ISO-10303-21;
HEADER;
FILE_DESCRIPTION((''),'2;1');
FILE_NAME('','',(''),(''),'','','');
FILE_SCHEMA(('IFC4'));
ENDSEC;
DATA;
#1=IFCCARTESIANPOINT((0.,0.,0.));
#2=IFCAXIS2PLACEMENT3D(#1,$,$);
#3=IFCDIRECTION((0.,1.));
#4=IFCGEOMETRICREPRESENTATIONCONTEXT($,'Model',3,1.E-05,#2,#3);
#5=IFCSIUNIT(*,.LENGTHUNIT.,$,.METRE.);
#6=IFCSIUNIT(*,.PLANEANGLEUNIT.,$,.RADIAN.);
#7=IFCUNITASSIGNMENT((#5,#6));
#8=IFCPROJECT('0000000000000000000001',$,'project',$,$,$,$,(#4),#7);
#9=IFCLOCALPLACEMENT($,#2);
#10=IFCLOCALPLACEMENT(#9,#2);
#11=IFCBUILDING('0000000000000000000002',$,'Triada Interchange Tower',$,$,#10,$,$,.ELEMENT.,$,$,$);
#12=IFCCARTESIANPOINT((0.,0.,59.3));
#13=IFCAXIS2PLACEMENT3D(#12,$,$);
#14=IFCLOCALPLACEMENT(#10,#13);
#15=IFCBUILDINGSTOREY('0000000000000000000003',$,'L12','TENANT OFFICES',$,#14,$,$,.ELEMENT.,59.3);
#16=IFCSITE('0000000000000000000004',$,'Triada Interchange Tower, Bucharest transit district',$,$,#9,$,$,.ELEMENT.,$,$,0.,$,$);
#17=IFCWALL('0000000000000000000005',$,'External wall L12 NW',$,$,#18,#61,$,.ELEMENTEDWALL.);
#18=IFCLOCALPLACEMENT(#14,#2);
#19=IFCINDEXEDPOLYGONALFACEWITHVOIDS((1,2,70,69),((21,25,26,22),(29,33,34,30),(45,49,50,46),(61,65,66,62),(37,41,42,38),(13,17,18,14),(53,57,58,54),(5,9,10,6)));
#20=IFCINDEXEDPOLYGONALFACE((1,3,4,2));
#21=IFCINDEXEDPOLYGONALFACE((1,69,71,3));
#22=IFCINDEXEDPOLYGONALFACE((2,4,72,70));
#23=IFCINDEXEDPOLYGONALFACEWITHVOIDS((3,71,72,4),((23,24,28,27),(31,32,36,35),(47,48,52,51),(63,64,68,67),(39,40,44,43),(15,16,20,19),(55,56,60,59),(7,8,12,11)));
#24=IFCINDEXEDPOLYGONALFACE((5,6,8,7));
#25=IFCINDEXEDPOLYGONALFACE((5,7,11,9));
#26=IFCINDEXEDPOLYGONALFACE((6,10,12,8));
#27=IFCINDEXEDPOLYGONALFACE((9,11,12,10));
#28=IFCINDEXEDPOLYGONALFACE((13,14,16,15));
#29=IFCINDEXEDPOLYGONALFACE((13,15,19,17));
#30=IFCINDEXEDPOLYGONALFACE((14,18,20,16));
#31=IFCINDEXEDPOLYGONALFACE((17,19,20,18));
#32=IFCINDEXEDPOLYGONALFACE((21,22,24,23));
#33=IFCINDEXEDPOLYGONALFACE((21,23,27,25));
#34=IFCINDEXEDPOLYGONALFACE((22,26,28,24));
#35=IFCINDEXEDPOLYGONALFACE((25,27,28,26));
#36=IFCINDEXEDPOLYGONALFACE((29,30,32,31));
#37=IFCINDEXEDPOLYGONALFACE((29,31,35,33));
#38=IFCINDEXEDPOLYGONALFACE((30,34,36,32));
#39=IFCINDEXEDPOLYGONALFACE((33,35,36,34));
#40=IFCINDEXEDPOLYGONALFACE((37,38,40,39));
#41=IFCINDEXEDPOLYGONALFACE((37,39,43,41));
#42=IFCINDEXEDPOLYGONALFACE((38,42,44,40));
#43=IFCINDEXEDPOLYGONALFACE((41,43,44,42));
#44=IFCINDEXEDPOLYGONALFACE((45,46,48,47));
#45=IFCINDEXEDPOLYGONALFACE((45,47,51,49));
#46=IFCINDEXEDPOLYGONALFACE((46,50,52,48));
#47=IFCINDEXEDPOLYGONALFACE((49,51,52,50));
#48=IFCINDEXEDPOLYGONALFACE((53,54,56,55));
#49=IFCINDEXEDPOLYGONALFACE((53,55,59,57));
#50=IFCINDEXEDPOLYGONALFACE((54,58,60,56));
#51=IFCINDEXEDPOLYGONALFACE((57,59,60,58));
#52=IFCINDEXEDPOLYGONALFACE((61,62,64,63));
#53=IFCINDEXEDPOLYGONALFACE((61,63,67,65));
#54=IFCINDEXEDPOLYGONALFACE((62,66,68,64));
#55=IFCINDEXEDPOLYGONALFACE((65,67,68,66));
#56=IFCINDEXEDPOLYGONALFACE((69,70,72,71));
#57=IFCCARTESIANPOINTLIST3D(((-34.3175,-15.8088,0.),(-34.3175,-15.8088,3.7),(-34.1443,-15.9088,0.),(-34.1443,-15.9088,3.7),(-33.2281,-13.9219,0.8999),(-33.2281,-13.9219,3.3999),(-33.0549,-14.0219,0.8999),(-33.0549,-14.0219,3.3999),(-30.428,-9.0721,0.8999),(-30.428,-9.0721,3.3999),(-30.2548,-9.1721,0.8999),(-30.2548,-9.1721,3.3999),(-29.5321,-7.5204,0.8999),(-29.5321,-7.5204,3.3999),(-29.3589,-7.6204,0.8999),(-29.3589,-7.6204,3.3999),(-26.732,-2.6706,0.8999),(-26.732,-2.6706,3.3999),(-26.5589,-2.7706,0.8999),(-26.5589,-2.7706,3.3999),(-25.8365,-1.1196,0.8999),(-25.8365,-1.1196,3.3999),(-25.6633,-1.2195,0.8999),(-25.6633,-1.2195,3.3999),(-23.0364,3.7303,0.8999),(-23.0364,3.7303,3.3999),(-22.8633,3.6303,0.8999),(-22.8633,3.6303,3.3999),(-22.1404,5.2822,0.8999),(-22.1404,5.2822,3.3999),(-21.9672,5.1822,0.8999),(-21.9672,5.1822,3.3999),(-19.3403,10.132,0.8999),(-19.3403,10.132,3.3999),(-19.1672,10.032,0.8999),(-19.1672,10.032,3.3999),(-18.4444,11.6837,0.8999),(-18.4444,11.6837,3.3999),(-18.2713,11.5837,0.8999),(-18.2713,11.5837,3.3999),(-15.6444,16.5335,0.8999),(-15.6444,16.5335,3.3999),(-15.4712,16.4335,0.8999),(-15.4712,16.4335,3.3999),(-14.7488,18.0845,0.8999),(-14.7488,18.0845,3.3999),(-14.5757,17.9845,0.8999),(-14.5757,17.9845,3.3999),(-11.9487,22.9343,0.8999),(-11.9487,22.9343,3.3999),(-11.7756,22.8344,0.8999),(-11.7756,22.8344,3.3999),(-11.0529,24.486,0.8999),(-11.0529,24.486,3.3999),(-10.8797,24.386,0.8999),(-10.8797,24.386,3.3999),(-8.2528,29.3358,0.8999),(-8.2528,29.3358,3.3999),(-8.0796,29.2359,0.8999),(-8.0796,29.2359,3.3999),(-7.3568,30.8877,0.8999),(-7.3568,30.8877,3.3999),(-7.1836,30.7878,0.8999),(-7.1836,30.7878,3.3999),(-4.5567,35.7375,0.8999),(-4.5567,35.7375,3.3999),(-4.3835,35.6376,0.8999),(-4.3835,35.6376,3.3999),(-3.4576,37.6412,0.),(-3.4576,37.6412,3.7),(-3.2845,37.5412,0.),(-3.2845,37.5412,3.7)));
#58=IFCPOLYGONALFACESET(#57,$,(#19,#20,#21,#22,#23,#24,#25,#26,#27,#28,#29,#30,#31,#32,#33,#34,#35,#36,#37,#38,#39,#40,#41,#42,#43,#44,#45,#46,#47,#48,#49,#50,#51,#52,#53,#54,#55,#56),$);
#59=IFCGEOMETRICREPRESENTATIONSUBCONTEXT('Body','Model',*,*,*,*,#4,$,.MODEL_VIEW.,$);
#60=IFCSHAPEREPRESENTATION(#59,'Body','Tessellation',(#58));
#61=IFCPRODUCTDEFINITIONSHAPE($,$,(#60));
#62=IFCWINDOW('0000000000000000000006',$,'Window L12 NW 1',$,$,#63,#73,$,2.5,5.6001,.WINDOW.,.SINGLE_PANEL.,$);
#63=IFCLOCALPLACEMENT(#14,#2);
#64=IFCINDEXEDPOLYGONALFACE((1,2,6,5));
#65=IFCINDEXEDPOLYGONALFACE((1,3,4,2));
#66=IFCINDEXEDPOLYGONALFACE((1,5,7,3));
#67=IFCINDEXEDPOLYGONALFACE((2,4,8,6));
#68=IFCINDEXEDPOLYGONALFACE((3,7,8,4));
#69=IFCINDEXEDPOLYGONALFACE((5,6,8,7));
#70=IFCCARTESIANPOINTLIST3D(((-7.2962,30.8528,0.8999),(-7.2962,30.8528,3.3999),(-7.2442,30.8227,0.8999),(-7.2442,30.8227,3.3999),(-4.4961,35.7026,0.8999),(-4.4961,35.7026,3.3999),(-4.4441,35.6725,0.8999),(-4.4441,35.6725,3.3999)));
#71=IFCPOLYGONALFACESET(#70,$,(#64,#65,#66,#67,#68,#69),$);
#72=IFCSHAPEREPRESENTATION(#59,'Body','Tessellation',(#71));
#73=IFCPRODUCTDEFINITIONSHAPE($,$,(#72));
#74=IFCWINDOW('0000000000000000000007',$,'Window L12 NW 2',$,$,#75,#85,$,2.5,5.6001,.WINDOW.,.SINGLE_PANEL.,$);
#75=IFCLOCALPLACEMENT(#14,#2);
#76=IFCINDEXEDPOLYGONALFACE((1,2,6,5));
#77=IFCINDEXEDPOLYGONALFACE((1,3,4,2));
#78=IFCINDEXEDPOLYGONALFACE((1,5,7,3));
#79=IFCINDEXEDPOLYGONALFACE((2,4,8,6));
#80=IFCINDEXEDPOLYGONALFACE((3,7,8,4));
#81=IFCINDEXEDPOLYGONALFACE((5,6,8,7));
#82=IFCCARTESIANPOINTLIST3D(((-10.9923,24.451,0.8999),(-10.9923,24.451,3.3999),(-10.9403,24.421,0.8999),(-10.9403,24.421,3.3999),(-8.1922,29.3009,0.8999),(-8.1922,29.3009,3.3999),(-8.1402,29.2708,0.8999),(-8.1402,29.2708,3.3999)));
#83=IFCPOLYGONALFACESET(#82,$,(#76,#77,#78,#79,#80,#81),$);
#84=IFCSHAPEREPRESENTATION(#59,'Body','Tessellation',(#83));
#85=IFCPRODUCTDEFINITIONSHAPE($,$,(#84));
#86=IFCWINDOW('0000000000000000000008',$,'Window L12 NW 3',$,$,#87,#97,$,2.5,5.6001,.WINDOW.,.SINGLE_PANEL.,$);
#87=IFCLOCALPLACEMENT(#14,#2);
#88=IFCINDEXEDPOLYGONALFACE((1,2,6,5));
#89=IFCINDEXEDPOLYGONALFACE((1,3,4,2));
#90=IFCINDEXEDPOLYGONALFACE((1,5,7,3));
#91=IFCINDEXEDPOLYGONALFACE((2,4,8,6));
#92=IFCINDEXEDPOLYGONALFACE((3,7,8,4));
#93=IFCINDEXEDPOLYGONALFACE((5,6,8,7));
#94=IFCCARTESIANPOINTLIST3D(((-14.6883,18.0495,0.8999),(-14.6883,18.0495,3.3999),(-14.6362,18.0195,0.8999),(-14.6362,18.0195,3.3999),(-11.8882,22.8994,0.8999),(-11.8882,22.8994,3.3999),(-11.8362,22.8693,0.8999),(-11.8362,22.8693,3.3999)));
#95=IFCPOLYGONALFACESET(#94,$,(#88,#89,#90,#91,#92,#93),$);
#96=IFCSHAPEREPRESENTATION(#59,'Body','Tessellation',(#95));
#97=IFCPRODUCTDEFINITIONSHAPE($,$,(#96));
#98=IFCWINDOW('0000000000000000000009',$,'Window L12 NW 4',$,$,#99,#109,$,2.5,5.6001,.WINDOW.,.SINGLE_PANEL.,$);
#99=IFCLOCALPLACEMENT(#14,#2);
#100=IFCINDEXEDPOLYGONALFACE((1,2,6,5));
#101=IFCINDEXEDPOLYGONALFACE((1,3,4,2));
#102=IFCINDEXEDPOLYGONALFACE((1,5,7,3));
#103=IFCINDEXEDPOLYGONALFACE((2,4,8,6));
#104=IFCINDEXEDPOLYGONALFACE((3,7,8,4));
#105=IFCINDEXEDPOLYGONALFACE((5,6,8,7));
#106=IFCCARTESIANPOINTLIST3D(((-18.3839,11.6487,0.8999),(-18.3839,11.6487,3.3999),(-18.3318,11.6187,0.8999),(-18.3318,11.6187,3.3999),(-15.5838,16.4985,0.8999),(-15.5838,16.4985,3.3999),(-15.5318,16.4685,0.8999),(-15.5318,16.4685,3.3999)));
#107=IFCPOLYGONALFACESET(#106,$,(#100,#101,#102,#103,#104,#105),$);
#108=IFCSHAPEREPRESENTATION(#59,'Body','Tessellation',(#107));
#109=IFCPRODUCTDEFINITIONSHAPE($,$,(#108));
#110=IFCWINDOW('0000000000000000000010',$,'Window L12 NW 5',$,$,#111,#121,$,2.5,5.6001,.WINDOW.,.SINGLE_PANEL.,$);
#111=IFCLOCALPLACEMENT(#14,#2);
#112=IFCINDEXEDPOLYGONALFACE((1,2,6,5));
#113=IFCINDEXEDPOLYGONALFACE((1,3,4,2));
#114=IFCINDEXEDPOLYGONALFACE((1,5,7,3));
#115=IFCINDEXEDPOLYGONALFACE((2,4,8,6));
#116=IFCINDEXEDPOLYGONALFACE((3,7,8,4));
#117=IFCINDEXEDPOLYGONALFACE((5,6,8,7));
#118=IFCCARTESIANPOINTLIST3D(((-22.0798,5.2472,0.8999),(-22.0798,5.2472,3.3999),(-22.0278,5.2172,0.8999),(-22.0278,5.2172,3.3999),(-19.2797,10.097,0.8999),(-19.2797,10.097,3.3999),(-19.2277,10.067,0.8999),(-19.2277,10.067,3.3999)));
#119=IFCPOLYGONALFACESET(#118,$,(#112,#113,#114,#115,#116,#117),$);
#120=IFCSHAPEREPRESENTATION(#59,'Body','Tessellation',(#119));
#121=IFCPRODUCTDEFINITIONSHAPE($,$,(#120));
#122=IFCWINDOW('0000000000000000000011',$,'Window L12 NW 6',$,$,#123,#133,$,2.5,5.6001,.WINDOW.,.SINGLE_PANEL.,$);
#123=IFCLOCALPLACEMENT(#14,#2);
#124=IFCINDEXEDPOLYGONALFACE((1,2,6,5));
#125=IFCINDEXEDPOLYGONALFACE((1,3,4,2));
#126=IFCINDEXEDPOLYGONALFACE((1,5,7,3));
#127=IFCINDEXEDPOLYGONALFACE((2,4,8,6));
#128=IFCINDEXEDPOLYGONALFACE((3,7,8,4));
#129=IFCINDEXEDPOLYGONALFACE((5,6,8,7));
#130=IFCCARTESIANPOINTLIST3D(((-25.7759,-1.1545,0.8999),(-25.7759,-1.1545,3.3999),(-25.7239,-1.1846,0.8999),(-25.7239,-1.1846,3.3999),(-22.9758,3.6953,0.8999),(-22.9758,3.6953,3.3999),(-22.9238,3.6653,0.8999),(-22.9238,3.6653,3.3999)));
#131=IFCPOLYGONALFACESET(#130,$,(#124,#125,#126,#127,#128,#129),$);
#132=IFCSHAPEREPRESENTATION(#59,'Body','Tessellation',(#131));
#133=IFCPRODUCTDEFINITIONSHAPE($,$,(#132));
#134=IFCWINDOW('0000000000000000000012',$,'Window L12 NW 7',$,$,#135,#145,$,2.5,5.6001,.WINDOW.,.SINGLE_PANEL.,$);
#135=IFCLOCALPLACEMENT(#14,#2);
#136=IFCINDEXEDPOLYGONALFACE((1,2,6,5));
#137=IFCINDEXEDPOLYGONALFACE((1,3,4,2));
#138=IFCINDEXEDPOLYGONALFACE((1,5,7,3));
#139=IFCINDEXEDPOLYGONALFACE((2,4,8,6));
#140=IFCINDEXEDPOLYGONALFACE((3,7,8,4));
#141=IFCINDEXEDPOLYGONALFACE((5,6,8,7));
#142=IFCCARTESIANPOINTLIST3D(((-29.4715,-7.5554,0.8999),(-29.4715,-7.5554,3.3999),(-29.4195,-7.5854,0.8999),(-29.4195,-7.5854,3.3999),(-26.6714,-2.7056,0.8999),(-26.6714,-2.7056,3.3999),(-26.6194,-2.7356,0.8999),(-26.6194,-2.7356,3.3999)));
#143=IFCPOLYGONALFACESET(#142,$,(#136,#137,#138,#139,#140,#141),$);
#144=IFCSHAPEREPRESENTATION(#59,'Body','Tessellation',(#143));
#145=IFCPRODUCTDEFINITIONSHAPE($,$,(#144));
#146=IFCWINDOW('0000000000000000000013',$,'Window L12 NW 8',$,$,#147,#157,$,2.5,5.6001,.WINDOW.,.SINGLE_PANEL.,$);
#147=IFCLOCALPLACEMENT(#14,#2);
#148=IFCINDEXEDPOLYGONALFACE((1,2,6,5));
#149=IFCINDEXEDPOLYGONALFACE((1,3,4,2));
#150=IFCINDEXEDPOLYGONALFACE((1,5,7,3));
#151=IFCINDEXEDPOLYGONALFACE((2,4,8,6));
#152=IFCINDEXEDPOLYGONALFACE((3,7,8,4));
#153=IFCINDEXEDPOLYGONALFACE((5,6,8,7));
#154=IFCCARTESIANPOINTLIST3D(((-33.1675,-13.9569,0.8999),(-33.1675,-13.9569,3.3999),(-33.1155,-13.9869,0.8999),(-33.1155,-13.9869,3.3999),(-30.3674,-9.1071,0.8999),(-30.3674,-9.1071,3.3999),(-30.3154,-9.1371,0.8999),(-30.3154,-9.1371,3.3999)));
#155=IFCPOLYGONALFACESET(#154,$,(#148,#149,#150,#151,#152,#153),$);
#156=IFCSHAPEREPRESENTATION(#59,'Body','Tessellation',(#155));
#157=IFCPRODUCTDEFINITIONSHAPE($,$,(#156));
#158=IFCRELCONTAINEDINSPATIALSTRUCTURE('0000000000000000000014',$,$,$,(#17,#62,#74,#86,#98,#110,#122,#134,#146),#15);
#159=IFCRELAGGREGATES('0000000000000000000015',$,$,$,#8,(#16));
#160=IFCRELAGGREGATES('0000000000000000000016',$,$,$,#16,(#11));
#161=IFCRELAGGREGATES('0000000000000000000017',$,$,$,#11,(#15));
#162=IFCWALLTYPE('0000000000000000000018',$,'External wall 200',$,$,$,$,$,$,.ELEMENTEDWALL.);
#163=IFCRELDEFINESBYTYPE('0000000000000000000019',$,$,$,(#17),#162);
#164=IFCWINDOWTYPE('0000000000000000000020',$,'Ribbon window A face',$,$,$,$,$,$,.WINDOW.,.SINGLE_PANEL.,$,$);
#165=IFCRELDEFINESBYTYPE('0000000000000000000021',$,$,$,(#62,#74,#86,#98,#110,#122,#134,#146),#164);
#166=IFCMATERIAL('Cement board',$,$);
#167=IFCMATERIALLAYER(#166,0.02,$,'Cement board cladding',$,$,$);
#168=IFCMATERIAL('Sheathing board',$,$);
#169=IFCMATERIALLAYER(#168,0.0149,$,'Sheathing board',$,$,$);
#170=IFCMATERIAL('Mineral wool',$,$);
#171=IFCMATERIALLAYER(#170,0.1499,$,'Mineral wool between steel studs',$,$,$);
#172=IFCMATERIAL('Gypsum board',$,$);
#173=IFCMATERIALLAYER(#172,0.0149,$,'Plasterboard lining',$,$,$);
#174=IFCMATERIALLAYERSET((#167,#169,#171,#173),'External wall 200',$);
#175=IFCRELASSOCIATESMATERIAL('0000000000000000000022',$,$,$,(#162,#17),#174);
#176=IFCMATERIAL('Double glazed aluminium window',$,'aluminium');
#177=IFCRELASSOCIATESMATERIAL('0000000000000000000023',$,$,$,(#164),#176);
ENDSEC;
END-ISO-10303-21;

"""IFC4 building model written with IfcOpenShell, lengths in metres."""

from ifc_helpers import new_model, si_unit, direction, frame, frame_2d, origin, place, context, subcontext, project, spatial, rectangle, extrude, material, layer, layer_set, layer_usage, type_object, element, fill, save


model = new_model("IFC4")

# Units and contexts
model_context = context("Model", 3, precision=1e-05, world=origin(), true_north=direction((0.0, 1.0)))
body_context = subcontext(model_context, "Body", "Model", "MODEL_VIEW")
ifc_project = project(units=[si_unit("LENGTHUNIT", "METRE"), si_unit("PLANEANGLEUNIT", "RADIAN")], contexts=[model_context])

# Site, building, storey
site_placement = place(None, origin())
site = spatial("IfcSite", under=ifc_project, at=site_placement, Name="Triada Interchange Tower, Bucharest transit district", CompositionType="ELEMENT", RefElevation=0.0)
building_placement = place(site_placement, origin())
building = spatial("IfcBuilding", under=site, at=building_placement, Name="Triada Interchange Tower", CompositionType="ELEMENT")
storey_placement = place(building_placement, frame((0.0, 0.0, 59.3)))
storey = spatial("IfcBuildingStorey", under=building, at=storey_placement, Name="L12", Description="TENANT OFFICES", CompositionType="ELEMENT", Elevation=59.3)

# Wall, openings, windows
ifc_material_1 = material(Name="Cement board")
ifc_layer_1 = layer(ifc_material_1, 0.02, Name="Cement board cladding")
ifc_material_2 = material(Name="Sheathing board")
ifc_layer_2 = layer(ifc_material_2, 0.0149, Name="Sheathing board")
ifc_material_3 = material(Name="Mineral wool")
ifc_layer_3 = layer(ifc_material_3, 0.1499, Name="Mineral wool between steel studs")
ifc_material_4 = material(Name="Gypsum board")
ifc_layer_4 = layer(ifc_material_4, 0.0149, Name="Plasterboard lining")
ifc_layer_set_1 = layer_set([ifc_layer_1, ifc_layer_2, ifc_layer_3, ifc_layer_4], Name="External wall 200")
ifc_layer_usage = layer_usage(ifc_layer_set_1, "AXIS2", "POSITIVE", -0.1001)
wall_type_1 = type_object("IfcWallType", Name="External wall 200", PredefinedType="ELEMENTEDWALL", material=ifc_layer_set_1)
wall_1_placement = place(storey_placement, frame((-3.3711, 37.5911, 0.0), z_axis=(0.0, 0.0, 1.0), x_axis=(-0.500006, -0.866022, 0.0)))
wall_1 = element("IfcWall", 1, at=wall_1_placement, inside=storey, type_object=wall_type_1, material=ifc_layer_usage, Name="External wall L12 NW", PredefinedType="ELEMENTEDWALL", context=body_context, shape_type="SweptSolid", body=[
    extrude(rectangle(XDim=61.719, YDim=0.2, at=frame_2d((30.8594, 0.0))), origin(), (0.0, 0.0, 1.0), 3.7),
])
opening_1_placement = place(wall_1_placement, frame((2.198, 0.0, 0.8999)))
opening_1 = element("IfcOpeningElement", 2, at=opening_1_placement, cuts=wall_1, PredefinedType="OPENING", context=body_context, shape_type="SweptSolid", body=[
    extrude(rectangle(XDim=5.6001, YDim=2.5, at=frame_2d((2.8, 1.25))), frame((0.0, 0.1099, 0.0), z_axis=(0.0, -1.0, 0.0), x_axis=(1.0, 0.0, 0.0)), (0.0, 0.0, 1.0), 0.22),
])
opening_2_placement = place(wall_1_placement, frame((9.5901, 0.0, 0.8999)))
opening_2 = element("IfcOpeningElement", 3, at=opening_2_placement, cuts=wall_1, PredefinedType="OPENING", context=body_context, shape_type="SweptSolid", body=[
    extrude(rectangle(XDim=5.6001, YDim=2.5, at=frame_2d((2.8, 1.25))), frame((0.0, 0.1099, 0.0), z_axis=(0.0, -1.0, 0.0), x_axis=(1.0, 0.0, 0.0)), (0.0, 0.0, 1.0), 0.22),
])
opening_3_placement = place(wall_1_placement, frame((16.9819, 0.0, 0.8999)))
opening_3 = element("IfcOpeningElement", 4, at=opening_3_placement, cuts=wall_1, PredefinedType="OPENING", context=body_context, shape_type="SweptSolid", body=[
    extrude(rectangle(XDim=5.6001, YDim=2.5, at=frame_2d((2.8, 1.25))), frame((0.0, 0.1099, 0.0), z_axis=(0.0, -1.0, 0.0), x_axis=(1.0, 0.0, 0.0)), (0.0, 0.0, 1.0), 0.22),
])
opening_4_placement = place(wall_1_placement, frame((24.373, 0.0, 0.8999)))
opening_4 = element("IfcOpeningElement", 5, at=opening_4_placement, cuts=wall_1, PredefinedType="OPENING", context=body_context, shape_type="SweptSolid", body=[
    extrude(rectangle(XDim=5.6001, YDim=2.5, at=frame_2d((2.8, 1.25))), frame((0.0, 0.1099, 0.0), z_axis=(0.0, -1.0, 0.0), x_axis=(1.0, 0.0, 0.0)), (0.0, 0.0, 1.0), 0.22),
])
opening_5_placement = place(wall_1_placement, frame((31.7649, 0.0, 0.8999)))
opening_5 = element("IfcOpeningElement", 6, at=opening_5_placement, cuts=wall_1, PredefinedType="OPENING", context=body_context, shape_type="SweptSolid", body=[
    extrude(rectangle(XDim=5.6001, YDim=2.5, at=frame_2d((2.8, 1.25))), frame((0.0, 0.1099, 0.0), z_axis=(0.0, -1.0, 0.0), x_axis=(1.0, 0.0, 0.0)), (0.0, 0.0, 1.0), 0.22),
])
opening_6_placement = place(wall_1_placement, frame((39.157, 0.0, 0.8999)))
opening_6 = element("IfcOpeningElement", 7, at=opening_6_placement, cuts=wall_1, PredefinedType="OPENING", context=body_context, shape_type="SweptSolid", body=[
    extrude(rectangle(XDim=5.6001, YDim=2.5, at=frame_2d((2.8, 1.25))), frame((0.0, 0.1099, 0.0), z_axis=(0.0, -1.0, 0.0), x_axis=(1.0, 0.0, 0.0)), (0.0, 0.0, 1.0), 0.22),
])
opening_7_placement = place(wall_1_placement, frame((46.5481, 0.0, 0.8999)))
opening_7 = element("IfcOpeningElement", 8, at=opening_7_placement, cuts=wall_1, PredefinedType="OPENING", context=body_context, shape_type="SweptSolid", body=[
    extrude(rectangle(XDim=5.6001, YDim=2.5, at=frame_2d((2.8, 1.25))), frame((0.0, 0.1099, 0.0), z_axis=(0.0, -1.0, 0.0), x_axis=(1.0, 0.0, 0.0)), (0.0, 0.0, 1.0), 0.22),
])
opening_8_placement = place(wall_1_placement, frame((53.9399, 0.0, 0.8999)))
opening_8 = element("IfcOpeningElement", 9, at=opening_8_placement, cuts=wall_1, PredefinedType="OPENING", context=body_context, shape_type="SweptSolid", body=[
    extrude(rectangle(XDim=5.6001, YDim=2.5, at=frame_2d((2.8, 1.25))), frame((0.0, 0.1099, 0.0), z_axis=(0.0, -1.0, 0.0), x_axis=(1.0, 0.0, 0.0)), (0.0, 0.0, 1.0), 0.22),
])
ifc_material_5 = material(Name="Double glazed aluminium window", Category="aluminium")
window_type = type_object("IfcWindowType", Name="Ribbon window A face", PartitioningType="SINGLE_PANEL", PredefinedType="WINDOW", material=ifc_material_5)
window_1_placement = place(opening_1_placement, origin())
window_1 = element("IfcWindow", 10, at=window_1_placement, inside=storey, type_object=window_type, Name="Window L12 NW 1", OverallHeight=2.5, OverallWidth=5.6001, PartitioningType="SINGLE_PANEL", PredefinedType="WINDOW", context=body_context, shape_type="SweptSolid", body=[
    extrude(rectangle(XDim=5.6001, YDim=2.5, at=frame_2d((2.8, 1.25))), frame((0.0, 0.03, 0.0), z_axis=(0.0, -1.0, 0.0), x_axis=(1.0, 0.0, 0.0)), (0.0, 0.0, 1.0), 0.0601),
])
fill(opening_1, window_1)
window_2_placement = place(opening_2_placement, origin())
window_2 = element("IfcWindow", 11, at=window_2_placement, inside=storey, type_object=window_type, Name="Window L12 NW 2", OverallHeight=2.5, OverallWidth=5.6001, PartitioningType="SINGLE_PANEL", PredefinedType="WINDOW", context=body_context, shape_type="SweptSolid", body=[
    extrude(rectangle(XDim=5.6001, YDim=2.5, at=frame_2d((2.8, 1.25))), frame((0.0, 0.03, 0.0), z_axis=(0.0, -1.0, 0.0), x_axis=(1.0, 0.0, 0.0)), (0.0, 0.0, 1.0), 0.0601),
])
fill(opening_2, window_2)
window_3_placement = place(opening_3_placement, origin())
window_3 = element("IfcWindow", 12, at=window_3_placement, inside=storey, type_object=window_type, Name="Window L12 NW 3", OverallHeight=2.5, OverallWidth=5.6001, PartitioningType="SINGLE_PANEL", PredefinedType="WINDOW", context=body_context, shape_type="SweptSolid", body=[
    extrude(rectangle(XDim=5.6001, YDim=2.5, at=frame_2d((2.8, 1.25))), frame((0.0, 0.03, 0.0), z_axis=(0.0, -1.0, 0.0), x_axis=(1.0, 0.0, 0.0)), (0.0, 0.0, 1.0), 0.0601),
])
fill(opening_3, window_3)
window_4_placement = place(opening_4_placement, origin())
window_4 = element("IfcWindow", 13, at=window_4_placement, inside=storey, type_object=window_type, Name="Window L12 NW 4", OverallHeight=2.5, OverallWidth=5.6001, PartitioningType="SINGLE_PANEL", PredefinedType="WINDOW", context=body_context, shape_type="SweptSolid", body=[
    extrude(rectangle(XDim=5.6001, YDim=2.5, at=frame_2d((2.8, 1.25))), frame((0.0, 0.03, 0.0), z_axis=(0.0, -1.0, 0.0), x_axis=(1.0, 0.0, 0.0)), (0.0, 0.0, 1.0), 0.0601),
])
fill(opening_4, window_4)
window_5_placement = place(opening_5_placement, origin())
window_5 = element("IfcWindow", 14, at=window_5_placement, inside=storey, type_object=window_type, Name="Window L12 NW 5", OverallHeight=2.5, OverallWidth=5.6001, PartitioningType="SINGLE_PANEL", PredefinedType="WINDOW", context=body_context, shape_type="SweptSolid", body=[
    extrude(rectangle(XDim=5.6001, YDim=2.5, at=frame_2d((2.8, 1.25))), frame((0.0, 0.03, 0.0), z_axis=(0.0, -1.0, 0.0), x_axis=(1.0, 0.0, 0.0)), (0.0, 0.0, 1.0), 0.0601),
])
fill(opening_5, window_5)
window_6_placement = place(opening_6_placement, origin())
window_6 = element("IfcWindow", 15, at=window_6_placement, inside=storey, type_object=window_type, Name="Window L12 NW 6", OverallHeight=2.5, OverallWidth=5.6001, PartitioningType="SINGLE_PANEL", PredefinedType="WINDOW", context=body_context, shape_type="SweptSolid", body=[
    extrude(rectangle(XDim=5.6001, YDim=2.5, at=frame_2d((2.8, 1.25))), frame((0.0, 0.03, 0.0), z_axis=(0.0, -1.0, 0.0), x_axis=(1.0, 0.0, 0.0)), (0.0, 0.0, 1.0), 0.0601),
])
fill(opening_6, window_6)
window_7_placement = place(opening_7_placement, origin())
window_7 = element("IfcWindow", 16, at=window_7_placement, inside=storey, type_object=window_type, Name="Window L12 NW 7", OverallHeight=2.5, OverallWidth=5.6001, PartitioningType="SINGLE_PANEL", PredefinedType="WINDOW", context=body_context, shape_type="SweptSolid", body=[
    extrude(rectangle(XDim=5.6001, YDim=2.5, at=frame_2d((2.8, 1.25))), frame((0.0, 0.03, 0.0), z_axis=(0.0, -1.0, 0.0), x_axis=(1.0, 0.0, 0.0)), (0.0, 0.0, 1.0), 0.0601),
])
fill(opening_7, window_7)
window_8_placement = place(opening_8_placement, origin())
window_8 = element("IfcWindow", 17, at=window_8_placement, inside=storey, type_object=window_type, Name="Window L12 NW 8", OverallHeight=2.5, OverallWidth=5.6001, PartitioningType="SINGLE_PANEL", PredefinedType="WINDOW", context=body_context, shape_type="SweptSolid", body=[
    extrude(rectangle(XDim=5.6001, YDim=2.5, at=frame_2d((2.8, 1.25))), frame((0.0, 0.03, 0.0), z_axis=(0.0, -1.0, 0.0), x_axis=(1.0, 0.0, 0.0)), (0.0, 0.0, 1.0), 0.0601),
])
fill(opening_8, window_8)

save(model, "model.ifc")
